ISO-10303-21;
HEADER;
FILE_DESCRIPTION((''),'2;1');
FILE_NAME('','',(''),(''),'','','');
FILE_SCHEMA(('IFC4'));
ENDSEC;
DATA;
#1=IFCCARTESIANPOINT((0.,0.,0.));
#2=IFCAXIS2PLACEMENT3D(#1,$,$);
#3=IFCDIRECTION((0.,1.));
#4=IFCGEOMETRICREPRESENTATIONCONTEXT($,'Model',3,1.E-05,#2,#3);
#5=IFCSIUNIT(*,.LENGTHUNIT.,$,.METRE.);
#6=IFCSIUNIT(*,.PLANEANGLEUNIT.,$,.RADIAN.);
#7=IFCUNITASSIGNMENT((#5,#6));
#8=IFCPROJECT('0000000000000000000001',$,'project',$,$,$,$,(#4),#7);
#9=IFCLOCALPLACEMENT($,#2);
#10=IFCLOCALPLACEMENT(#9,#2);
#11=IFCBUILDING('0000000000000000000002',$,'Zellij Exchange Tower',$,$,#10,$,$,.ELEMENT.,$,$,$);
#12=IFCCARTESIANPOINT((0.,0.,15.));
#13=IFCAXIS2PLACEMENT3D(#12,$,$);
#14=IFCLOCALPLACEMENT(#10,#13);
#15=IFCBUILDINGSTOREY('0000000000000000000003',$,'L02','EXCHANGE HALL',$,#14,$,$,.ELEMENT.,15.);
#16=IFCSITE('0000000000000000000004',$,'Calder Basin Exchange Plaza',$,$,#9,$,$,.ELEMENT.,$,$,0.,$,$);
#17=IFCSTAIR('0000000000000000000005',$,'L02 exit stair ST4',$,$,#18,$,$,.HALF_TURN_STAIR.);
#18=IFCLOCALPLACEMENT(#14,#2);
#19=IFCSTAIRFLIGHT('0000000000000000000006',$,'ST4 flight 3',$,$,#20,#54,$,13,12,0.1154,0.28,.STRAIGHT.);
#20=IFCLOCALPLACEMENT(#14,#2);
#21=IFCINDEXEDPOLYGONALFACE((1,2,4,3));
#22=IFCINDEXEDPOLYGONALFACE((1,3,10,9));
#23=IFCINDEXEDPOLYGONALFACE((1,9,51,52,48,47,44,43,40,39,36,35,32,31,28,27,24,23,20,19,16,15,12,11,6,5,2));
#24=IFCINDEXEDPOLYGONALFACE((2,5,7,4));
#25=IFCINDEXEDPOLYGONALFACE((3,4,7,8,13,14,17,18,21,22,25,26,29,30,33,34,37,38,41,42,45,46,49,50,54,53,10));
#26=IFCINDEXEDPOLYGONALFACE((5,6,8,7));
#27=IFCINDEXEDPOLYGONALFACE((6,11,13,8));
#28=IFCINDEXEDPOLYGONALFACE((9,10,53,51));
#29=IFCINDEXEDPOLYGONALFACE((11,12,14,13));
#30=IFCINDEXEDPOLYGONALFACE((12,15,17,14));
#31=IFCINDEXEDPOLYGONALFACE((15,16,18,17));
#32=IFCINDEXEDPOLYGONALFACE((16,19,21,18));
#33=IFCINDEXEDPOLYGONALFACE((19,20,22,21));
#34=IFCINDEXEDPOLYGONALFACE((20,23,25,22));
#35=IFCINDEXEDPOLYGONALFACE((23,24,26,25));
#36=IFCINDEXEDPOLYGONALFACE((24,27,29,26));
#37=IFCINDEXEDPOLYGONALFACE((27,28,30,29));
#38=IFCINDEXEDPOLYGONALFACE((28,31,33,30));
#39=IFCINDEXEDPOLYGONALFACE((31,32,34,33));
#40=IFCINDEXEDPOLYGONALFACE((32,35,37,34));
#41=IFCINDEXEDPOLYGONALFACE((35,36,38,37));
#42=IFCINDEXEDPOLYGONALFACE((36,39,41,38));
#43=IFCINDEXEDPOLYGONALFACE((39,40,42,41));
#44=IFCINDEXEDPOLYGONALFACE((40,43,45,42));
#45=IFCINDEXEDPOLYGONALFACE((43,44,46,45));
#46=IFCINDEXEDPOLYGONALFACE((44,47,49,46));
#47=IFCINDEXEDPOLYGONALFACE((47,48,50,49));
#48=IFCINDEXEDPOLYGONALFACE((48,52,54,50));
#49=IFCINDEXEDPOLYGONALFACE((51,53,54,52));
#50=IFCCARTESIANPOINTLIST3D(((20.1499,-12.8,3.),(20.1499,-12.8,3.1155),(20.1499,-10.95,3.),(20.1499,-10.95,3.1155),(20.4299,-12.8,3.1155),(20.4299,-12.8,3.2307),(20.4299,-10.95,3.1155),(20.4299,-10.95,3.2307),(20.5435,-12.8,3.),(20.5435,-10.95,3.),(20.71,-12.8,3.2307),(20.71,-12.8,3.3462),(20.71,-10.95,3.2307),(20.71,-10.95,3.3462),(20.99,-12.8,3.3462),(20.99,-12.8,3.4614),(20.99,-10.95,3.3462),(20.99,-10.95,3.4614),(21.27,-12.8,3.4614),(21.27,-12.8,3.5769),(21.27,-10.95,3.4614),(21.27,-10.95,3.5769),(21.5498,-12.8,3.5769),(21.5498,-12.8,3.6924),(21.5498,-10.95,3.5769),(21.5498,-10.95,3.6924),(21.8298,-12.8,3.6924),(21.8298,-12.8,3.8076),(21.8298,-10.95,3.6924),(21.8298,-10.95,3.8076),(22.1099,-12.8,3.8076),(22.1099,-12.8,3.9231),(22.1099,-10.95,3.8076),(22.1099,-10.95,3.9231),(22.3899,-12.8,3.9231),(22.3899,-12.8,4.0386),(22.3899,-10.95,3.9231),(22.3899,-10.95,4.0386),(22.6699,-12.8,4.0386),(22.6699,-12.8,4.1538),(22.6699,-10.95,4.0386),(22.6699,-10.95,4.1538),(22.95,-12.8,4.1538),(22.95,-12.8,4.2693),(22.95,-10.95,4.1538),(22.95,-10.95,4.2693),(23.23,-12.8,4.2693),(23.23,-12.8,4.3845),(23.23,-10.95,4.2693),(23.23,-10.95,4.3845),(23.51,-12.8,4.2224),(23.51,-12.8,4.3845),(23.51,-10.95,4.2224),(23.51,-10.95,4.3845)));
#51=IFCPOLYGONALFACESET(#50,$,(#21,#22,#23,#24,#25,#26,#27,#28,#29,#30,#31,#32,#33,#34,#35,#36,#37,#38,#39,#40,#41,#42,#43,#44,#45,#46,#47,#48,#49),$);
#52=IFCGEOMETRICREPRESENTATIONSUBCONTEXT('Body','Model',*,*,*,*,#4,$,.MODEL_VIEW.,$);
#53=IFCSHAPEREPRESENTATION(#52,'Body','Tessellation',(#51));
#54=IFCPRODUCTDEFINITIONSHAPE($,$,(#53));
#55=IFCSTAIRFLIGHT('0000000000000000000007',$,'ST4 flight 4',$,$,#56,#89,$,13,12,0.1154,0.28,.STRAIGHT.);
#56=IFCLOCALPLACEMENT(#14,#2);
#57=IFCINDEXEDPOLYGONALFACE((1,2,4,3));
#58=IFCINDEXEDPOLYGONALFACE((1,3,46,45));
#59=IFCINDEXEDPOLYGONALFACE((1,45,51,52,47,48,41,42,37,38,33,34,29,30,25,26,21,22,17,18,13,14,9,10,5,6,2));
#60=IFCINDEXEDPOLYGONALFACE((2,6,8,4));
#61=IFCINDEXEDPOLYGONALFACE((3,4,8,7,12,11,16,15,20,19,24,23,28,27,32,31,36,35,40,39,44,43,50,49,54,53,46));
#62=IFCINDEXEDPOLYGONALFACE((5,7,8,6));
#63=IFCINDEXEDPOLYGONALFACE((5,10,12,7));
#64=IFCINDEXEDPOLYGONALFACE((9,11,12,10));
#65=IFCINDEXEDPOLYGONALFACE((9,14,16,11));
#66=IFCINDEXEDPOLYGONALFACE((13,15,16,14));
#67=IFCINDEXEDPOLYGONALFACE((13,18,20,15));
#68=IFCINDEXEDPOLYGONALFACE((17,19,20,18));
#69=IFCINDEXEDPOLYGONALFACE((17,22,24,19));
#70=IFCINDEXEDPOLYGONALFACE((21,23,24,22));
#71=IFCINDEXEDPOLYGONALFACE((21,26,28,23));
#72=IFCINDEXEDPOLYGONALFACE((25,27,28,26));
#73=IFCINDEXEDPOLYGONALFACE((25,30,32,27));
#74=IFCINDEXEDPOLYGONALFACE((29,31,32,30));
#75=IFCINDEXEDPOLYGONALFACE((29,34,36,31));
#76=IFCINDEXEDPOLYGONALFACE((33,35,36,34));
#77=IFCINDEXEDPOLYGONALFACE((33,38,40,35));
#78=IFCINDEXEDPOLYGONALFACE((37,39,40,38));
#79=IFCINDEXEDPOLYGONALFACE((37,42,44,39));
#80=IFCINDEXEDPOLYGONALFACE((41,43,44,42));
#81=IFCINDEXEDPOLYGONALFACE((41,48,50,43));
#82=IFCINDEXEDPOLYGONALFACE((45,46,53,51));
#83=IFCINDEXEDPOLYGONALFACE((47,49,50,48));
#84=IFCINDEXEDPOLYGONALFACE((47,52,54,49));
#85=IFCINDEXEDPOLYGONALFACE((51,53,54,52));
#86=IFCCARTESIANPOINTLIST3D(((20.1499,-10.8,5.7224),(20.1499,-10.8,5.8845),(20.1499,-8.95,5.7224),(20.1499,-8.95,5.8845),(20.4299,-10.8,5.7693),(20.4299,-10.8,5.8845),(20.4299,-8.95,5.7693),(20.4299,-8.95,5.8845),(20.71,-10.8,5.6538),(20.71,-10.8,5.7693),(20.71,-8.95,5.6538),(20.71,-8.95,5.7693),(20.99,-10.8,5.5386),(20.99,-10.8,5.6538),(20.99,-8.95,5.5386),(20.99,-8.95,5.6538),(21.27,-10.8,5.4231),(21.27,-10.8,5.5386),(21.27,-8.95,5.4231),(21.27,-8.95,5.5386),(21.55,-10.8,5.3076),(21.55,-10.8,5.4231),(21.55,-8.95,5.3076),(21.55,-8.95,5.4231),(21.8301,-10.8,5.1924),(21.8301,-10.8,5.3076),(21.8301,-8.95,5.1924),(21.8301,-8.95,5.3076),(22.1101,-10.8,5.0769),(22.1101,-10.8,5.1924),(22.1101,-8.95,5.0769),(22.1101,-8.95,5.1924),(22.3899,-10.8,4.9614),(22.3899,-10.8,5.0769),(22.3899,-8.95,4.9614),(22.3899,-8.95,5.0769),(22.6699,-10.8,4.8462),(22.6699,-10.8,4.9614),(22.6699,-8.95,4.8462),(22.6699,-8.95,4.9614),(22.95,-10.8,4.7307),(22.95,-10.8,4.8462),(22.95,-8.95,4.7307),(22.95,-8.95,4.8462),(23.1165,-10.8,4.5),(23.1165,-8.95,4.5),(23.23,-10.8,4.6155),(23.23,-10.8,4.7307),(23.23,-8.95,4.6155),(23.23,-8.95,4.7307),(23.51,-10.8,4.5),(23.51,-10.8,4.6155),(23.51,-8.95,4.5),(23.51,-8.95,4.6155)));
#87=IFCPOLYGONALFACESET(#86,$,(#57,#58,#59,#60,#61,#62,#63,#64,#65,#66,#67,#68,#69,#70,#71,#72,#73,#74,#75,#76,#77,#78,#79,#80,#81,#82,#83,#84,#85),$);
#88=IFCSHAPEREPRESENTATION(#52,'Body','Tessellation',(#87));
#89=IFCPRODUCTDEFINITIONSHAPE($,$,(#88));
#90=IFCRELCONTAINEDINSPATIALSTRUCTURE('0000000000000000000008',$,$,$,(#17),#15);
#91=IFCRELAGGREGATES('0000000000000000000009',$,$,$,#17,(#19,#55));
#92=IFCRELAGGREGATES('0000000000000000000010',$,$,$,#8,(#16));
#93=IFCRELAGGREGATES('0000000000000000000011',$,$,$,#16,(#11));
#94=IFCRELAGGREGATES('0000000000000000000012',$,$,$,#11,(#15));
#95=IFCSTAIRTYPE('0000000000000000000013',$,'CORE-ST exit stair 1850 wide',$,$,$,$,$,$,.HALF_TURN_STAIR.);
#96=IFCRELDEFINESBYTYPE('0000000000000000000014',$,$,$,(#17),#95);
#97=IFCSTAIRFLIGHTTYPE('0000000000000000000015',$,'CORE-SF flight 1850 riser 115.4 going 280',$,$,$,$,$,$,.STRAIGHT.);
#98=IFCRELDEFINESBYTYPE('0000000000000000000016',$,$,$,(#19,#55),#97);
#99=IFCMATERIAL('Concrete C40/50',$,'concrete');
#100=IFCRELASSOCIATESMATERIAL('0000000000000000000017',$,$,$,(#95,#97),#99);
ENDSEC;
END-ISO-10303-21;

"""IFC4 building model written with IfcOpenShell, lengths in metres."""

from ifc_helpers import new_model, si_unit, direction, frame, origin, place, context, subcontext, project, spatial, polyline, outline, extrude, material, type_object, element, aggregate, save


model = new_model("IFC4")

# Units and contexts
model_context = context("Model", 3, precision=1e-05, world=origin(), true_north=direction((0.0, 1.0)))
body_context = subcontext(model_context, "Body", "Model", "MODEL_VIEW")
ifc_project = project(units=[si_unit("LENGTHUNIT", "METRE"), si_unit("PLANEANGLEUNIT", "RADIAN")], contexts=[model_context])

# Site, building, storey
site_placement = place(None, origin())
site = spatial("IfcSite", under=ifc_project, at=site_placement, Name="Calder Basin Exchange Plaza", CompositionType="ELEMENT", RefElevation=0.0)
building_placement = place(site_placement, origin())
building = spatial("IfcBuilding", under=site, at=building_placement, Name="Zellij Exchange Tower", CompositionType="ELEMENT")
storey_placement = place(building_placement, frame((0.0, 0.0, 15.0)))
storey = spatial("IfcBuildingStorey", under=building, at=storey_placement, Name="L02", Description="EXCHANGE HALL", CompositionType="ELEMENT", Elevation=15.0)

# Stair, stair flights
ifc_material_1 = material(Name="Concrete C40/50", Category="concrete")
stair_type = type_object("IfcStairType", Name="CORE-ST exit stair 1850 wide", PredefinedType="HALF_TURN_STAIR", material=ifc_material_1)
stair_placement = place(storey_placement, origin())
stair = element("IfcStair", 1, at=stair_placement, inside=storey, type_object=stair_type, Name="L02 exit stair ST4", PredefinedType="HALF_TURN_STAIR")
stair_flight_type = type_object("IfcStairFlightType", Name="CORE-SF flight 1850 riser 115.4 going 280", PredefinedType="STRAIGHT", material=ifc_material_1)
stair_flight_1_placement = place(storey_placement, frame((20.1499, -11.875, 3.0), z_axis=(0.0, 0.0, 1.0), x_axis=(1.0, 0.0, 0.0)))
stair_flight_1 = element("IfcStairFlight", 2, at=stair_flight_1_placement, type_object=stair_flight_type, Name="ST4 flight 3", NumberOfRisers=13, NumberOfTreads=12, PredefinedType="STRAIGHT", RiserHeight=0.1154, TreadLength=0.28, context=body_context, shape_type="SweptSolid", body=[
    extrude(outline(polyline([(0.0, 0.0), (0.0, 0.1155), (0.28, 0.1155), (0.28, 0.2307), (0.5601, 0.2307), (0.5601, 0.3462), (0.8401, 0.3462), (0.8401, 0.4614), (1.1201, 0.4614), (1.1201, 0.5769), (1.3999, 0.5769), (1.3999, 0.6924), (1.6799, 0.6924), (1.6799, 0.8076), (1.96, 0.8076), (1.96, 0.9231), (2.24, 0.9231), (2.24, 1.0386), (2.52, 1.0386), (2.52, 1.1538), (2.8, 1.1538), (2.8, 1.2693), (3.0801, 1.2693), (3.0801, 1.3845), (3.3601, 1.3845), (3.3601, 1.5), (3.3601, 1.2224), (0.3936, 0.0), (0.0, 0.0)])), frame((0.0, 0.925, 0.0), z_axis=(0.0, -1.0, 0.0), x_axis=(1.0, 0.0, 0.0)), (0.0, 0.0, 1.0), 1.8501),
])
stair_flight_2_placement = place(storey_placement, frame((23.51, -9.875, 4.5), z_axis=(0.0, 0.0, 1.0), x_axis=(-1.0, 0.0, 0.0)))
stair_flight_2 = element("IfcStairFlight", 3, at=stair_flight_2_placement, type_object=stair_flight_type, Name="ST4 flight 4", NumberOfRisers=13, NumberOfTreads=12, PredefinedType="STRAIGHT", RiserHeight=0.1154, TreadLength=0.28, context=body_context, shape_type="SweptSolid", body=[
    extrude(outline(polyline([(0.0, 0.0), (0.0, 0.1155), (0.28, 0.1155), (0.28, 0.2307), (0.5601, 0.2307), (0.5601, 0.3462), (0.8401, 0.3462), (0.8401, 0.4614), (1.1201, 0.4614), (1.1201, 0.5769), (1.3999, 0.5769), (1.3999, 0.6924), (1.6799, 0.6924), (1.6799, 0.8076), (1.96, 0.8076), (1.96, 0.9231), (2.24, 0.9231), (2.24, 1.0386), (2.52, 1.0386), (2.52, 1.1538), (2.8, 1.1538), (2.8, 1.2693), (3.0801, 1.2693), (3.0801, 1.3845), (3.3601, 1.3845), (3.3601, 1.5), (3.3601, 1.2224), (0.3936, 0.0), (0.0, 0.0)])), frame((0.0, 0.925, 0.0), z_axis=(0.0, -1.0, 0.0), x_axis=(1.0, 0.0, 0.0)), (0.0, 0.0, 1.0), 1.8501),
])
aggregate(stair, [stair_flight_1, stair_flight_2])

save(model, "model.ifc")
